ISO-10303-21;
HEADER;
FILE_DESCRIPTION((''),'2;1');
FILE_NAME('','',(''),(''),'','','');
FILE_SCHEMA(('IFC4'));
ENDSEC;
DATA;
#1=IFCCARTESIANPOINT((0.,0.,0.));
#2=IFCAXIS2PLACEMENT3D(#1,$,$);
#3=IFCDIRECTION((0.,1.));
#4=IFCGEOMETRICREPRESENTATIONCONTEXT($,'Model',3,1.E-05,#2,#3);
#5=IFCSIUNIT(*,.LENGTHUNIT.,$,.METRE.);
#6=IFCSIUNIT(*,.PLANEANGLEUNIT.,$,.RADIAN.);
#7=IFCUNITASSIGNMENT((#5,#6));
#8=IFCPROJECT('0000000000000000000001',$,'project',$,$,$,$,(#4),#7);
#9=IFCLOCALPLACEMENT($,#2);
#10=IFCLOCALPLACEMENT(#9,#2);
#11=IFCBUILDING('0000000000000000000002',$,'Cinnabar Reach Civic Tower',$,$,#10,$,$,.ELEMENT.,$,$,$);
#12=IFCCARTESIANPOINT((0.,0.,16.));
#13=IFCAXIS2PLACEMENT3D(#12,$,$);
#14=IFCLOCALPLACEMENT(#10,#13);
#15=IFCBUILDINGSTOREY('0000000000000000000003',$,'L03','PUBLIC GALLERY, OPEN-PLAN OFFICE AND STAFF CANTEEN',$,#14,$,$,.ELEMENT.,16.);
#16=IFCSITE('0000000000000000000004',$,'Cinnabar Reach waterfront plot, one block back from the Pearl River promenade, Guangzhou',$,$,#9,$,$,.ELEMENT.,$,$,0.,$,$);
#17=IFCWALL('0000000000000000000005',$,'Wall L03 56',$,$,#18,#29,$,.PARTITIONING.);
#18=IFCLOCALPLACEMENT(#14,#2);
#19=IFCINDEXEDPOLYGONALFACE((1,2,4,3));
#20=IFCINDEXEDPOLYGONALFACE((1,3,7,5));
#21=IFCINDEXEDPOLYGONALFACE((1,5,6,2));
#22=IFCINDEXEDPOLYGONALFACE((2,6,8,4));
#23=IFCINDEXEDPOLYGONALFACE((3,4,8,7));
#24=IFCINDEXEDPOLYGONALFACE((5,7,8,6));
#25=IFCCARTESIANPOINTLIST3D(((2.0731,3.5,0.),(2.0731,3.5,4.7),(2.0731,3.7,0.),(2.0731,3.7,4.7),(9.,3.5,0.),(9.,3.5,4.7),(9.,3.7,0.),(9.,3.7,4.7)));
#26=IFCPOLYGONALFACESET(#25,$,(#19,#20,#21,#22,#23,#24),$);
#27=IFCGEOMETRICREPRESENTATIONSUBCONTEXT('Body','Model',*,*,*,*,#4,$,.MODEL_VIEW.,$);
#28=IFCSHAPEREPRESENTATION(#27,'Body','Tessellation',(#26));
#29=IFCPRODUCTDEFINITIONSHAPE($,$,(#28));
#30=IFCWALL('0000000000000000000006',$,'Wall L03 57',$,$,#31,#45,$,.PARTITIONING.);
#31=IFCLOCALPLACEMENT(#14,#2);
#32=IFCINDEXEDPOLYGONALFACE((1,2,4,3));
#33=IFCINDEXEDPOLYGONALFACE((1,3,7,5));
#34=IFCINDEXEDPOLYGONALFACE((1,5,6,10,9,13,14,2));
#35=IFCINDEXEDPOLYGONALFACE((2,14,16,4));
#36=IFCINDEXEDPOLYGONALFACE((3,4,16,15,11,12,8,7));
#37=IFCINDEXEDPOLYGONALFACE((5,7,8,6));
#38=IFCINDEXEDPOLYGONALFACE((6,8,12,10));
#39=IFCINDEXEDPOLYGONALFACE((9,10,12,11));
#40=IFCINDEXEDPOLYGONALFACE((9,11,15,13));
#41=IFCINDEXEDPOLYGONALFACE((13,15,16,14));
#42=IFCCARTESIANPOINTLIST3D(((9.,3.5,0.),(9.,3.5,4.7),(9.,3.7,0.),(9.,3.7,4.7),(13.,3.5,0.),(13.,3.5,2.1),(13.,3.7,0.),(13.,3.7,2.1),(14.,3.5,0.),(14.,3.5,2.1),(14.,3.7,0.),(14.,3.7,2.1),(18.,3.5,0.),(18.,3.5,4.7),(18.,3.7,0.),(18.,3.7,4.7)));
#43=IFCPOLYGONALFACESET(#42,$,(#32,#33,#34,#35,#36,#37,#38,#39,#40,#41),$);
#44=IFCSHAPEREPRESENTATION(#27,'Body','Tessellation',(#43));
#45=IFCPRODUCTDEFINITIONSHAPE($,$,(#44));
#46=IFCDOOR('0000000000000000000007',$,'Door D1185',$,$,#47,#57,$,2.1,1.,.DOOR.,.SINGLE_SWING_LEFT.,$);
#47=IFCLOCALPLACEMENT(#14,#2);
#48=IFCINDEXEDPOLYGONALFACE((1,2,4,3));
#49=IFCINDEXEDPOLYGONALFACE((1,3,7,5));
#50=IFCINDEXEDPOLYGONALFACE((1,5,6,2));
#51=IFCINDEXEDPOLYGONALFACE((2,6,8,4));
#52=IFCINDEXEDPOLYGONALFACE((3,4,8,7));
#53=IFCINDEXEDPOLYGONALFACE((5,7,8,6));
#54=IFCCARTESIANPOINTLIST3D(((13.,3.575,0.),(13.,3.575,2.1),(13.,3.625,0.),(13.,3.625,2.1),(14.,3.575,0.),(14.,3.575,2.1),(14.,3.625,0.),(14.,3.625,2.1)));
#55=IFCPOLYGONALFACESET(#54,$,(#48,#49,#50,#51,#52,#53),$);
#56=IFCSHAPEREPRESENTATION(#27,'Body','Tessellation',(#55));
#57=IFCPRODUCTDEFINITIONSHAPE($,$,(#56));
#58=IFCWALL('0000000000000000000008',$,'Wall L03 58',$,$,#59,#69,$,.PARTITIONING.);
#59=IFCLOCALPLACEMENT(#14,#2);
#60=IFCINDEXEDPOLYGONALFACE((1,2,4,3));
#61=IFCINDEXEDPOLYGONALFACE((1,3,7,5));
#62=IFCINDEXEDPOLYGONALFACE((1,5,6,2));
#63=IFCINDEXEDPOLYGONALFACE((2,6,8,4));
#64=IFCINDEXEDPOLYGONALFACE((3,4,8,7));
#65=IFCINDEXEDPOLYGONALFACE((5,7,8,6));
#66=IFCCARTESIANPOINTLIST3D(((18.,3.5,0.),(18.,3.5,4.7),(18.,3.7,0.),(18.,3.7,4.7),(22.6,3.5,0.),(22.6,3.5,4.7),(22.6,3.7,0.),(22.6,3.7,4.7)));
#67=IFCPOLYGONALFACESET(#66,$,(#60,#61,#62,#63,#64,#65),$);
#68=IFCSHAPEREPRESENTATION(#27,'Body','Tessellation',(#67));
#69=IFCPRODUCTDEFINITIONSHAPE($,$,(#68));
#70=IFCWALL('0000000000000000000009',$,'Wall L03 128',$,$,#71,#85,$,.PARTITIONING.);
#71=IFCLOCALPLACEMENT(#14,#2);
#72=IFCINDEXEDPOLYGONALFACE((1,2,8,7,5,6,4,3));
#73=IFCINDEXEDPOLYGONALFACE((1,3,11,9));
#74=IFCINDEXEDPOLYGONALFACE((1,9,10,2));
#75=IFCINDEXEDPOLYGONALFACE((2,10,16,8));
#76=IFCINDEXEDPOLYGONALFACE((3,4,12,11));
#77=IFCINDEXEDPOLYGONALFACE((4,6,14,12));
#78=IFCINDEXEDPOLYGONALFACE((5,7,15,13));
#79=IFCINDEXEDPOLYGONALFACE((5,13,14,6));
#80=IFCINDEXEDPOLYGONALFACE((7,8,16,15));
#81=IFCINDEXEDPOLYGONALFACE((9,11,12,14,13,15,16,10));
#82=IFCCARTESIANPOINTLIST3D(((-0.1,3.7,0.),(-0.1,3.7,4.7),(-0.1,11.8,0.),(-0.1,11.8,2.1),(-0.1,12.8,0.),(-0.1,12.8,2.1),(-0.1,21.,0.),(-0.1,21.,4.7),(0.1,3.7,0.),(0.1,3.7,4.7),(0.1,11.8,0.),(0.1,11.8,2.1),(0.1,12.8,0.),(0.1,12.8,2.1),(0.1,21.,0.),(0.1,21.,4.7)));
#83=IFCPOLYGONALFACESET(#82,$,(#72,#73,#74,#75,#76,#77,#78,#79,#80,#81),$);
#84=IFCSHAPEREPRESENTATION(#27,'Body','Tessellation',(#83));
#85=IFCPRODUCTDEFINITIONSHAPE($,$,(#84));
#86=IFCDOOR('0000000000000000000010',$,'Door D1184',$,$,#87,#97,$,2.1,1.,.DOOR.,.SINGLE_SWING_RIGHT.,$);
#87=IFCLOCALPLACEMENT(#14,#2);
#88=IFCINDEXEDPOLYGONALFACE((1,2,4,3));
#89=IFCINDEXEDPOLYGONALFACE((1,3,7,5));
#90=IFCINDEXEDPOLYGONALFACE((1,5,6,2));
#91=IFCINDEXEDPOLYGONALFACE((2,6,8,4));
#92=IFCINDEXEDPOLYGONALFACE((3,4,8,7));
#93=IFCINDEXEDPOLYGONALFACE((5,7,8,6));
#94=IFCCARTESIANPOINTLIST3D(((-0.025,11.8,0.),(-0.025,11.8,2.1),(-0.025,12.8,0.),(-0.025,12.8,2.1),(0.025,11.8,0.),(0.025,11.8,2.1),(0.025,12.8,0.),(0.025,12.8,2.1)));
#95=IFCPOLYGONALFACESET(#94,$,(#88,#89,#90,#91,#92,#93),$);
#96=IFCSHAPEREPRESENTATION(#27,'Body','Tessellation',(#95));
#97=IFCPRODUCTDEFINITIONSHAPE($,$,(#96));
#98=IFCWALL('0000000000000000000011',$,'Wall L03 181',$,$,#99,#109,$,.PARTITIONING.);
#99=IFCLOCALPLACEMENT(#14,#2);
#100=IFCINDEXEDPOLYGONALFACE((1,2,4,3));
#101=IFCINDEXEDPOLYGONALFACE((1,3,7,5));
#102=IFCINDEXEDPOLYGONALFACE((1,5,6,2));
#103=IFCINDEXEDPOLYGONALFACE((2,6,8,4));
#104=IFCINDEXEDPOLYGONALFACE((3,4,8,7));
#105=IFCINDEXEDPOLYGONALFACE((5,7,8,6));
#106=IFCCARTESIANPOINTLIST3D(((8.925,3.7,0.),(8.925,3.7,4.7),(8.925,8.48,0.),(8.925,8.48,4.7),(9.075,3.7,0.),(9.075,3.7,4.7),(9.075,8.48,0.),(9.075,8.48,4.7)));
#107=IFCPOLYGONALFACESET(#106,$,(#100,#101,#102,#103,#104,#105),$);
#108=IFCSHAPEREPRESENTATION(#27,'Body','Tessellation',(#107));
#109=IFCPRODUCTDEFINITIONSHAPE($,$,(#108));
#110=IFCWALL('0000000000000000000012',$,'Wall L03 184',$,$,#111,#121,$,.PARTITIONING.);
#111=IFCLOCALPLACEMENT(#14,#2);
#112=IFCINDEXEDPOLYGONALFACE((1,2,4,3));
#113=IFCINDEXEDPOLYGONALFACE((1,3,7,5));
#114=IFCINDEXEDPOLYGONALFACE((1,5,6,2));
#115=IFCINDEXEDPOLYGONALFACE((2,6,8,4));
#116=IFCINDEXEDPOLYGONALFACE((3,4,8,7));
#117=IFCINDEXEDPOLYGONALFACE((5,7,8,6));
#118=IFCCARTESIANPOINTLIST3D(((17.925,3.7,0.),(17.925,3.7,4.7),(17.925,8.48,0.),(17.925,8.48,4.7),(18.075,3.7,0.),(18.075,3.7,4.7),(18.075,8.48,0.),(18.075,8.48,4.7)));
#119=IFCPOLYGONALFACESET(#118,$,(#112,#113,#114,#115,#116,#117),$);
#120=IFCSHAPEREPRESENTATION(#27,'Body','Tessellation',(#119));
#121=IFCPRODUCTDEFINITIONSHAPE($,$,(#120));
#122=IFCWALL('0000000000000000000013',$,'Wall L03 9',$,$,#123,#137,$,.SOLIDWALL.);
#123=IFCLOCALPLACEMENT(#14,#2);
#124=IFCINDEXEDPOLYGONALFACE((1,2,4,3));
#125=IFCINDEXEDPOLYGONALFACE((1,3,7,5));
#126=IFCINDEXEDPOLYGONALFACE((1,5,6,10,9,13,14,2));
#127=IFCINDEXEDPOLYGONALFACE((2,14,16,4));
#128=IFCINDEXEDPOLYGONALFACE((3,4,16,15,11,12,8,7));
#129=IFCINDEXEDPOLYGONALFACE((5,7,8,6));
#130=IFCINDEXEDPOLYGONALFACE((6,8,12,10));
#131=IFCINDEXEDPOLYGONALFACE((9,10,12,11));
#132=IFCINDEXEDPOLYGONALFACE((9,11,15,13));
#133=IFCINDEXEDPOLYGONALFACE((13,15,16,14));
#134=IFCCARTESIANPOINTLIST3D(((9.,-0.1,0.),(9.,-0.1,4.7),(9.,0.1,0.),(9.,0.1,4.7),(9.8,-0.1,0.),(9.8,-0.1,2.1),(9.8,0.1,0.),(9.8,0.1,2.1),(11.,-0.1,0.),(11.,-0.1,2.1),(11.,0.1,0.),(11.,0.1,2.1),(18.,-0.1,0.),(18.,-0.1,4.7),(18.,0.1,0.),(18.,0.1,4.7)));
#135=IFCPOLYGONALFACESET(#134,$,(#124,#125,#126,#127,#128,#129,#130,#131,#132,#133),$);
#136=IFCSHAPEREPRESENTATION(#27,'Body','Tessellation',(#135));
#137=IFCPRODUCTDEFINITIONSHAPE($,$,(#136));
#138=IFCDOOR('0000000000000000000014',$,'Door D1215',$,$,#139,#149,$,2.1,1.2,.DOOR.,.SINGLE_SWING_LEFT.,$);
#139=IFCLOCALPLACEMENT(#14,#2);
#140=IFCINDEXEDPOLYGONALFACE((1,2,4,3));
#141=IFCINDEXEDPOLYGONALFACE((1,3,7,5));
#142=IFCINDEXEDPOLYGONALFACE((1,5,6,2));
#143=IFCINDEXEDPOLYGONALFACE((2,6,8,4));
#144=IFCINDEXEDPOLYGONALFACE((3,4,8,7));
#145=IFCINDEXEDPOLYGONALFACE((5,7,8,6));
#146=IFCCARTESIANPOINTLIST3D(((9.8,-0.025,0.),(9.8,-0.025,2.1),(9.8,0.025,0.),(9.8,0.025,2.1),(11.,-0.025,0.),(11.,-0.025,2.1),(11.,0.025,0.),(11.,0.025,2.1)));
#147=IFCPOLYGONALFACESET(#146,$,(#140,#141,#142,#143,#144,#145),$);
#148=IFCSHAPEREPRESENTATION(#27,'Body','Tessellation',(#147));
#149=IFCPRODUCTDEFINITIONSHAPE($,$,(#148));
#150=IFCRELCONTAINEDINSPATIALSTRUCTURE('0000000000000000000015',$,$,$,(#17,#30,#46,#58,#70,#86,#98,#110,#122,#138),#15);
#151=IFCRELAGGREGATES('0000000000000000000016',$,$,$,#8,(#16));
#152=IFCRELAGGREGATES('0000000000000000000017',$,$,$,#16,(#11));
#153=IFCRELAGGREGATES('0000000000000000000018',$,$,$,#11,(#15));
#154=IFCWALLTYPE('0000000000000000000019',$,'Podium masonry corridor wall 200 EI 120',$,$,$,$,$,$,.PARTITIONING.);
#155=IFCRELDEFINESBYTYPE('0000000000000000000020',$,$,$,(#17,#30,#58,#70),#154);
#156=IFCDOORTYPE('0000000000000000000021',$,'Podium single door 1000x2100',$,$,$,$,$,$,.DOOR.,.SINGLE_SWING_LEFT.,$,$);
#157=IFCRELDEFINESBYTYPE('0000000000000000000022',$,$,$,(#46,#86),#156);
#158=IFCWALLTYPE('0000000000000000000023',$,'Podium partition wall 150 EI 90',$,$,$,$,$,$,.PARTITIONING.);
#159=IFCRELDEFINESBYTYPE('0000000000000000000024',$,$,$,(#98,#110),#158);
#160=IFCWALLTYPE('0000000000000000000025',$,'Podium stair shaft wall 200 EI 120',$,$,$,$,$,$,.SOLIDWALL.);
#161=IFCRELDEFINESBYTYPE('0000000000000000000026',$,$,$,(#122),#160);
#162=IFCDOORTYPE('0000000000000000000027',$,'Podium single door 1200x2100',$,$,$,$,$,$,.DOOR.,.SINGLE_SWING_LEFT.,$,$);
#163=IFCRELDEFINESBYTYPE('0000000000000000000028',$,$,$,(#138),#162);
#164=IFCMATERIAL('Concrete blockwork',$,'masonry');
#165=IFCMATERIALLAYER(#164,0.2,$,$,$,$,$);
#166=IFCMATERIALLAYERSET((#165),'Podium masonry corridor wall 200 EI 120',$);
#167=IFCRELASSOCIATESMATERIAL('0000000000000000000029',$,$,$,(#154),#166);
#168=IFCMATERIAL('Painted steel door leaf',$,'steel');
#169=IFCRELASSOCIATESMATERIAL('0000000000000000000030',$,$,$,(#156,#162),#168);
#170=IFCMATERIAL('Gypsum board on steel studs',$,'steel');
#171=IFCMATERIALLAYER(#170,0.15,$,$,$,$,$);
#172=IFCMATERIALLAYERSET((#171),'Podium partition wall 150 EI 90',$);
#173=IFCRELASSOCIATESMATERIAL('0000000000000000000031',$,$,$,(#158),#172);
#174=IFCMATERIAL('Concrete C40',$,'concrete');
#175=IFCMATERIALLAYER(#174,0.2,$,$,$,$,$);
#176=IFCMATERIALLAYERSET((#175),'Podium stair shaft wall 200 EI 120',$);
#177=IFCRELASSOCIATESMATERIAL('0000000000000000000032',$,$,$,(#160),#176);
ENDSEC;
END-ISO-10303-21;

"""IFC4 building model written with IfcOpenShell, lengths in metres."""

from ifc_helpers import new_model, si_unit, direction, frame, frame_2d, origin, place, context, subcontext, project, spatial, rectangle, extrude, material, layer, layer_set, type_object, element, fill, save


model = new_model("IFC4")

# Units and contexts
model_context = context("Model", 3, precision=1e-05, world=origin(), true_north=direction((0.0, 1.0)))
body_context = subcontext(model_context, "Body", "Model", "MODEL_VIEW")
ifc_project = project(units=[si_unit("LENGTHUNIT", "METRE"), si_unit("PLANEANGLEUNIT", "RADIAN")], contexts=[model_context])

# Site, building, storey
site_placement = place(None, origin())
site = spatial("IfcSite", under=ifc_project, at=site_placement, Name="Cinnabar Reach waterfront plot, one block back from the Pearl River promenade, Guangzhou", CompositionType="ELEMENT", RefElevation=0.0)
building_placement = place(site_placement, origin())
building = spatial("IfcBuilding", under=site, at=building_placement, Name="Cinnabar Reach Civic Tower", CompositionType="ELEMENT")
storey_placement = place(building_placement, frame((0.0, 0.0, 16.0)))
storey = spatial("IfcBuildingStorey", under=building, at=storey_placement, Name="L03", Description="PUBLIC GALLERY, OPEN-PLAN OFFICE AND STAFF CANTEEN", CompositionType="ELEMENT", Elevation=16.0)

# Shared definitions
ifc_material_1 = material(Name="Concrete C40", Category="concrete")

# Shared definitions
ifc_material_2 = material(Name="Concrete blockwork", Category="masonry")
ifc_layer_1 = layer(ifc_material_2, 0.2)
ifc_layer_set_1 = layer_set([ifc_layer_1], Name="Podium masonry corridor wall 200 EI 120")
wall_type_1 = type_object("IfcWallType", Name="Podium masonry corridor wall 200 EI 120", PredefinedType="PARTITIONING", material=ifc_layer_set_1)
ifc_material_3 = material(Name="Painted steel door leaf", Category="steel")
door_type_1 = type_object("IfcDoorType", Name="Podium single door 1000x2100", OperationType="SINGLE_SWING_LEFT", PredefinedType="DOOR", material=ifc_material_3)

# Wall
wall_1_placement = place(storey_placement, frame((2.0731, 3.6, 0.0), z_axis=(0.0, 0.0, 1.0), x_axis=(1.0, 0.0, 0.0)))
element("IfcWall", 1, at=wall_1_placement, inside=storey, type_object=wall_type_1, Name="Wall L03 56", PredefinedType="PARTITIONING", context=body_context, shape_type="SweptSolid", body=[
    extrude(rectangle(XDim=6.9269, YDim=0.2, at=frame_2d((3.4634, 0.0))), origin(), (0.0, 0.0, 1.0), 4.7),
])

# Wall, opening, door
wall_2_placement = place(storey_placement, frame((9.0, 3.6, 0.0), z_axis=(0.0, 0.0, 1.0), x_axis=(1.0, 0.0, 0.0)))
wall_2 = element("IfcWall", 2, at=wall_2_placement, inside=storey, type_object=wall_type_1, Name="Wall L03 57", PredefinedType="PARTITIONING", context=body_context, shape_type="SweptSolid", body=[
    extrude(rectangle(XDim=9.0, YDim=0.2, at=frame_2d((4.5, 0.0))), origin(), (0.0, 0.0, 1.0), 4.7),
])
opening_1_placement = place(wall_2_placement, frame((4.0, 0.0, 0.0)))
opening_1 = element("IfcOpeningElement", 3, at=opening_1_placement, cuts=wall_2, PredefinedType="OPENING", context=body_context, shape_type="SweptSolid", body=[
    extrude(rectangle(XDim=1.0, YDim=2.1, at=frame_2d((0.5, 1.05))), frame((0.0, 0.11, 0.0), z_axis=(0.0, -1.0, 0.0), x_axis=(1.0, 0.0, 0.0)), (0.0, 0.0, 1.0), 0.22),
])
door_1_placement = place(opening_1_placement, origin())
door_1 = element("IfcDoor", 4, at=door_1_placement, inside=storey, type_object=door_type_1, Name="Door D1185", OperationType="SINGLE_SWING_LEFT", OverallHeight=2.1, OverallWidth=1.0, PredefinedType="DOOR", context=body_context, shape_type="SweptSolid", body=[
    extrude(rectangle(XDim=1.0, YDim=2.1, at=frame_2d((0.5, 1.05))), frame((0.0, 0.025, 0.0), z_axis=(0.0, -1.0, 0.0), x_axis=(1.0, 0.0, 0.0)), (0.0, 0.0, 1.0), 0.05),
])
fill(opening_1, door_1)

# Wall
wall_3_placement = place(storey_placement, frame((18.0, 3.6, 0.0), z_axis=(0.0, 0.0, 1.0), x_axis=(1.0, 0.0, 0.0)))
element("IfcWall", 5, at=wall_3_placement, inside=storey, type_object=wall_type_1, Name="Wall L03 58", PredefinedType="PARTITIONING", context=body_context, shape_type="SweptSolid", body=[
    extrude(rectangle(XDim=4.6, YDim=0.2, at=frame_2d((2.3, 0.0))), origin(), (0.0, 0.0, 1.0), 4.7),
])

# Wall, opening, door
wall_4_placement = place(storey_placement, frame((0.0, 3.7, 0.0), z_axis=(0.0, 0.0, 1.0), x_axis=(0.0, 1.0, 0.0)))
wall_4 = element("IfcWall", 6, at=wall_4_placement, inside=storey, type_object=wall_type_1, Name="Wall L03 128", PredefinedType="PARTITIONING", context=body_context, shape_type="SweptSolid", body=[
    extrude(rectangle(XDim=17.3, YDim=0.2, at=frame_2d((8.65, 0.0))), origin(), (0.0, 0.0, 1.0), 4.7),
])
opening_2_placement = place(wall_4_placement, frame((8.1, 0.0, 0.0)))
opening_2 = element("IfcOpeningElement", 7, at=opening_2_placement, cuts=wall_4, PredefinedType="OPENING", context=body_context, shape_type="SweptSolid", body=[
    extrude(rectangle(XDim=1.0, YDim=2.1, at=frame_2d((0.5, 1.05))), frame((0.0, 0.11, 0.0), z_axis=(0.0, -1.0, 0.0), x_axis=(1.0, 0.0, 0.0)), (0.0, 0.0, 1.0), 0.22),
])
door_2_placement = place(opening_2_placement, frame((1.0, 0.0, 0.0), z_axis=(0.0, 0.0, 1.0), x_axis=(-1.0, 0.0, 0.0)))
door_2 = element("IfcDoor", 8, at=door_2_placement, inside=storey, type_object=door_type_1, Name="Door D1184", OperationType="SINGLE_SWING_RIGHT", OverallHeight=2.1, OverallWidth=1.0, PredefinedType="DOOR", context=body_context, shape_type="SweptSolid", body=[
    extrude(rectangle(XDim=1.0, YDim=2.1, at=frame_2d((0.5, 1.05))), frame((0.0, 0.025, 0.0), z_axis=(0.0, -1.0, 0.0), x_axis=(1.0, 0.0, 0.0)), (0.0, 0.0, 1.0), 0.05),
])
fill(opening_2, door_2)

# Walls
ifc_material_4 = material(Name="Gypsum board on steel studs", Category="steel")
ifc_layer_2 = layer(ifc_material_4, 0.15)
ifc_layer_set_2 = layer_set([ifc_layer_2], Name="Podium partition wall 150 EI 90")
wall_type_2 = type_object("IfcWallType", Name="Podium partition wall 150 EI 90", PredefinedType="PARTITIONING", material=ifc_layer_set_2)
for number, where, z_axis, x_axis, name in (
    (9, (9.0, 3.7, 0.0), (0.0, 0.0, 1.0), (0.0, 1.0, 0.0), "Wall L03 181"),
    (10, (18.0, 3.7, 0.0), (0.0, 0.0, 1.0), (0.0, 1.0, 0.0), "Wall L03 184"),
):
    element("IfcWall", number, at=place(storey_placement, frame(where, z_axis=z_axis, x_axis=x_axis)), inside=storey, type_object=wall_type_2, Name=name, PredefinedType="PARTITIONING", context=body_context, shape_type="SweptSolid", body=[
        extrude(rectangle(XDim=4.78, YDim=0.15, at=frame_2d((2.39, 0.0))), origin(), (0.0, 0.0, 1.0), 4.7),
    ])

# Wall, opening, door
ifc_layer_3 = layer(ifc_material_1, 0.2)
ifc_layer_set_3 = layer_set([ifc_layer_3], Name="Podium stair shaft wall 200 EI 120")
wall_type_3 = type_object("IfcWallType", Name="Podium stair shaft wall 200 EI 120", PredefinedType="SOLIDWALL", material=ifc_layer_set_3)
wall_5_placement = place(storey_placement, frame((9.0, 0.0, 0.0), z_axis=(0.0, 0.0, 1.0), x_axis=(1.0, 0.0, 0.0)))
wall_5 = element("IfcWall", 11, at=wall_5_placement, inside=storey, type_object=wall_type_3, Name="Wall L03 9", PredefinedType="SOLIDWALL", context=body_context, shape_type="SweptSolid", body=[
    extrude(rectangle(XDim=9.0, YDim=0.2, at=frame_2d((4.5, 0.0))), origin(), (0.0, 0.0, 1.0), 4.7),
])
opening_3_placement = place(wall_5_placement, frame((0.8, 0.0, 0.0)))
opening_3 = element("IfcOpeningElement", 12, at=opening_3_placement, cuts=wall_5, PredefinedType="OPENING", context=body_context, shape_type="SweptSolid", body=[
    extrude(rectangle(XDim=1.2, YDim=2.1, at=frame_2d((0.6, 1.05))), frame((0.0, 0.11, 0.0), z_axis=(0.0, -1.0, 0.0), x_axis=(1.0, 0.0, 0.0)), (0.0, 0.0, 1.0), 0.22),
])
door_type_2 = type_object("IfcDoorType", Name="Podium single door 1200x2100", OperationType="SINGLE_SWING_LEFT", PredefinedType="DOOR", material=ifc_material_3)
door_3_placement = place(opening_3_placement, frame((1.2, 0.0, 0.0), z_axis=(0.0, 0.0, 1.0), x_axis=(-1.0, 0.0, 0.0)))
door_3 = element("IfcDoor", 13, at=door_3_placement, inside=storey, type_object=door_type_2, Name="Door D1215", OperationType="SINGLE_SWING_LEFT", OverallHeight=2.1, OverallWidth=1.2, PredefinedType="DOOR", context=body_context, shape_type="SweptSolid", body=[
    extrude(rectangle(XDim=1.2, YDim=2.1, at=frame_2d((0.6, 1.05))), frame((0.0, 0.025, 0.0), z_axis=(0.0, -1.0, 0.0), x_axis=(1.0, 0.0, 0.0)), (0.0, 0.0, 1.0), 0.05),
])
fill(opening_3, door_3)

save(model, "model.ifc")
